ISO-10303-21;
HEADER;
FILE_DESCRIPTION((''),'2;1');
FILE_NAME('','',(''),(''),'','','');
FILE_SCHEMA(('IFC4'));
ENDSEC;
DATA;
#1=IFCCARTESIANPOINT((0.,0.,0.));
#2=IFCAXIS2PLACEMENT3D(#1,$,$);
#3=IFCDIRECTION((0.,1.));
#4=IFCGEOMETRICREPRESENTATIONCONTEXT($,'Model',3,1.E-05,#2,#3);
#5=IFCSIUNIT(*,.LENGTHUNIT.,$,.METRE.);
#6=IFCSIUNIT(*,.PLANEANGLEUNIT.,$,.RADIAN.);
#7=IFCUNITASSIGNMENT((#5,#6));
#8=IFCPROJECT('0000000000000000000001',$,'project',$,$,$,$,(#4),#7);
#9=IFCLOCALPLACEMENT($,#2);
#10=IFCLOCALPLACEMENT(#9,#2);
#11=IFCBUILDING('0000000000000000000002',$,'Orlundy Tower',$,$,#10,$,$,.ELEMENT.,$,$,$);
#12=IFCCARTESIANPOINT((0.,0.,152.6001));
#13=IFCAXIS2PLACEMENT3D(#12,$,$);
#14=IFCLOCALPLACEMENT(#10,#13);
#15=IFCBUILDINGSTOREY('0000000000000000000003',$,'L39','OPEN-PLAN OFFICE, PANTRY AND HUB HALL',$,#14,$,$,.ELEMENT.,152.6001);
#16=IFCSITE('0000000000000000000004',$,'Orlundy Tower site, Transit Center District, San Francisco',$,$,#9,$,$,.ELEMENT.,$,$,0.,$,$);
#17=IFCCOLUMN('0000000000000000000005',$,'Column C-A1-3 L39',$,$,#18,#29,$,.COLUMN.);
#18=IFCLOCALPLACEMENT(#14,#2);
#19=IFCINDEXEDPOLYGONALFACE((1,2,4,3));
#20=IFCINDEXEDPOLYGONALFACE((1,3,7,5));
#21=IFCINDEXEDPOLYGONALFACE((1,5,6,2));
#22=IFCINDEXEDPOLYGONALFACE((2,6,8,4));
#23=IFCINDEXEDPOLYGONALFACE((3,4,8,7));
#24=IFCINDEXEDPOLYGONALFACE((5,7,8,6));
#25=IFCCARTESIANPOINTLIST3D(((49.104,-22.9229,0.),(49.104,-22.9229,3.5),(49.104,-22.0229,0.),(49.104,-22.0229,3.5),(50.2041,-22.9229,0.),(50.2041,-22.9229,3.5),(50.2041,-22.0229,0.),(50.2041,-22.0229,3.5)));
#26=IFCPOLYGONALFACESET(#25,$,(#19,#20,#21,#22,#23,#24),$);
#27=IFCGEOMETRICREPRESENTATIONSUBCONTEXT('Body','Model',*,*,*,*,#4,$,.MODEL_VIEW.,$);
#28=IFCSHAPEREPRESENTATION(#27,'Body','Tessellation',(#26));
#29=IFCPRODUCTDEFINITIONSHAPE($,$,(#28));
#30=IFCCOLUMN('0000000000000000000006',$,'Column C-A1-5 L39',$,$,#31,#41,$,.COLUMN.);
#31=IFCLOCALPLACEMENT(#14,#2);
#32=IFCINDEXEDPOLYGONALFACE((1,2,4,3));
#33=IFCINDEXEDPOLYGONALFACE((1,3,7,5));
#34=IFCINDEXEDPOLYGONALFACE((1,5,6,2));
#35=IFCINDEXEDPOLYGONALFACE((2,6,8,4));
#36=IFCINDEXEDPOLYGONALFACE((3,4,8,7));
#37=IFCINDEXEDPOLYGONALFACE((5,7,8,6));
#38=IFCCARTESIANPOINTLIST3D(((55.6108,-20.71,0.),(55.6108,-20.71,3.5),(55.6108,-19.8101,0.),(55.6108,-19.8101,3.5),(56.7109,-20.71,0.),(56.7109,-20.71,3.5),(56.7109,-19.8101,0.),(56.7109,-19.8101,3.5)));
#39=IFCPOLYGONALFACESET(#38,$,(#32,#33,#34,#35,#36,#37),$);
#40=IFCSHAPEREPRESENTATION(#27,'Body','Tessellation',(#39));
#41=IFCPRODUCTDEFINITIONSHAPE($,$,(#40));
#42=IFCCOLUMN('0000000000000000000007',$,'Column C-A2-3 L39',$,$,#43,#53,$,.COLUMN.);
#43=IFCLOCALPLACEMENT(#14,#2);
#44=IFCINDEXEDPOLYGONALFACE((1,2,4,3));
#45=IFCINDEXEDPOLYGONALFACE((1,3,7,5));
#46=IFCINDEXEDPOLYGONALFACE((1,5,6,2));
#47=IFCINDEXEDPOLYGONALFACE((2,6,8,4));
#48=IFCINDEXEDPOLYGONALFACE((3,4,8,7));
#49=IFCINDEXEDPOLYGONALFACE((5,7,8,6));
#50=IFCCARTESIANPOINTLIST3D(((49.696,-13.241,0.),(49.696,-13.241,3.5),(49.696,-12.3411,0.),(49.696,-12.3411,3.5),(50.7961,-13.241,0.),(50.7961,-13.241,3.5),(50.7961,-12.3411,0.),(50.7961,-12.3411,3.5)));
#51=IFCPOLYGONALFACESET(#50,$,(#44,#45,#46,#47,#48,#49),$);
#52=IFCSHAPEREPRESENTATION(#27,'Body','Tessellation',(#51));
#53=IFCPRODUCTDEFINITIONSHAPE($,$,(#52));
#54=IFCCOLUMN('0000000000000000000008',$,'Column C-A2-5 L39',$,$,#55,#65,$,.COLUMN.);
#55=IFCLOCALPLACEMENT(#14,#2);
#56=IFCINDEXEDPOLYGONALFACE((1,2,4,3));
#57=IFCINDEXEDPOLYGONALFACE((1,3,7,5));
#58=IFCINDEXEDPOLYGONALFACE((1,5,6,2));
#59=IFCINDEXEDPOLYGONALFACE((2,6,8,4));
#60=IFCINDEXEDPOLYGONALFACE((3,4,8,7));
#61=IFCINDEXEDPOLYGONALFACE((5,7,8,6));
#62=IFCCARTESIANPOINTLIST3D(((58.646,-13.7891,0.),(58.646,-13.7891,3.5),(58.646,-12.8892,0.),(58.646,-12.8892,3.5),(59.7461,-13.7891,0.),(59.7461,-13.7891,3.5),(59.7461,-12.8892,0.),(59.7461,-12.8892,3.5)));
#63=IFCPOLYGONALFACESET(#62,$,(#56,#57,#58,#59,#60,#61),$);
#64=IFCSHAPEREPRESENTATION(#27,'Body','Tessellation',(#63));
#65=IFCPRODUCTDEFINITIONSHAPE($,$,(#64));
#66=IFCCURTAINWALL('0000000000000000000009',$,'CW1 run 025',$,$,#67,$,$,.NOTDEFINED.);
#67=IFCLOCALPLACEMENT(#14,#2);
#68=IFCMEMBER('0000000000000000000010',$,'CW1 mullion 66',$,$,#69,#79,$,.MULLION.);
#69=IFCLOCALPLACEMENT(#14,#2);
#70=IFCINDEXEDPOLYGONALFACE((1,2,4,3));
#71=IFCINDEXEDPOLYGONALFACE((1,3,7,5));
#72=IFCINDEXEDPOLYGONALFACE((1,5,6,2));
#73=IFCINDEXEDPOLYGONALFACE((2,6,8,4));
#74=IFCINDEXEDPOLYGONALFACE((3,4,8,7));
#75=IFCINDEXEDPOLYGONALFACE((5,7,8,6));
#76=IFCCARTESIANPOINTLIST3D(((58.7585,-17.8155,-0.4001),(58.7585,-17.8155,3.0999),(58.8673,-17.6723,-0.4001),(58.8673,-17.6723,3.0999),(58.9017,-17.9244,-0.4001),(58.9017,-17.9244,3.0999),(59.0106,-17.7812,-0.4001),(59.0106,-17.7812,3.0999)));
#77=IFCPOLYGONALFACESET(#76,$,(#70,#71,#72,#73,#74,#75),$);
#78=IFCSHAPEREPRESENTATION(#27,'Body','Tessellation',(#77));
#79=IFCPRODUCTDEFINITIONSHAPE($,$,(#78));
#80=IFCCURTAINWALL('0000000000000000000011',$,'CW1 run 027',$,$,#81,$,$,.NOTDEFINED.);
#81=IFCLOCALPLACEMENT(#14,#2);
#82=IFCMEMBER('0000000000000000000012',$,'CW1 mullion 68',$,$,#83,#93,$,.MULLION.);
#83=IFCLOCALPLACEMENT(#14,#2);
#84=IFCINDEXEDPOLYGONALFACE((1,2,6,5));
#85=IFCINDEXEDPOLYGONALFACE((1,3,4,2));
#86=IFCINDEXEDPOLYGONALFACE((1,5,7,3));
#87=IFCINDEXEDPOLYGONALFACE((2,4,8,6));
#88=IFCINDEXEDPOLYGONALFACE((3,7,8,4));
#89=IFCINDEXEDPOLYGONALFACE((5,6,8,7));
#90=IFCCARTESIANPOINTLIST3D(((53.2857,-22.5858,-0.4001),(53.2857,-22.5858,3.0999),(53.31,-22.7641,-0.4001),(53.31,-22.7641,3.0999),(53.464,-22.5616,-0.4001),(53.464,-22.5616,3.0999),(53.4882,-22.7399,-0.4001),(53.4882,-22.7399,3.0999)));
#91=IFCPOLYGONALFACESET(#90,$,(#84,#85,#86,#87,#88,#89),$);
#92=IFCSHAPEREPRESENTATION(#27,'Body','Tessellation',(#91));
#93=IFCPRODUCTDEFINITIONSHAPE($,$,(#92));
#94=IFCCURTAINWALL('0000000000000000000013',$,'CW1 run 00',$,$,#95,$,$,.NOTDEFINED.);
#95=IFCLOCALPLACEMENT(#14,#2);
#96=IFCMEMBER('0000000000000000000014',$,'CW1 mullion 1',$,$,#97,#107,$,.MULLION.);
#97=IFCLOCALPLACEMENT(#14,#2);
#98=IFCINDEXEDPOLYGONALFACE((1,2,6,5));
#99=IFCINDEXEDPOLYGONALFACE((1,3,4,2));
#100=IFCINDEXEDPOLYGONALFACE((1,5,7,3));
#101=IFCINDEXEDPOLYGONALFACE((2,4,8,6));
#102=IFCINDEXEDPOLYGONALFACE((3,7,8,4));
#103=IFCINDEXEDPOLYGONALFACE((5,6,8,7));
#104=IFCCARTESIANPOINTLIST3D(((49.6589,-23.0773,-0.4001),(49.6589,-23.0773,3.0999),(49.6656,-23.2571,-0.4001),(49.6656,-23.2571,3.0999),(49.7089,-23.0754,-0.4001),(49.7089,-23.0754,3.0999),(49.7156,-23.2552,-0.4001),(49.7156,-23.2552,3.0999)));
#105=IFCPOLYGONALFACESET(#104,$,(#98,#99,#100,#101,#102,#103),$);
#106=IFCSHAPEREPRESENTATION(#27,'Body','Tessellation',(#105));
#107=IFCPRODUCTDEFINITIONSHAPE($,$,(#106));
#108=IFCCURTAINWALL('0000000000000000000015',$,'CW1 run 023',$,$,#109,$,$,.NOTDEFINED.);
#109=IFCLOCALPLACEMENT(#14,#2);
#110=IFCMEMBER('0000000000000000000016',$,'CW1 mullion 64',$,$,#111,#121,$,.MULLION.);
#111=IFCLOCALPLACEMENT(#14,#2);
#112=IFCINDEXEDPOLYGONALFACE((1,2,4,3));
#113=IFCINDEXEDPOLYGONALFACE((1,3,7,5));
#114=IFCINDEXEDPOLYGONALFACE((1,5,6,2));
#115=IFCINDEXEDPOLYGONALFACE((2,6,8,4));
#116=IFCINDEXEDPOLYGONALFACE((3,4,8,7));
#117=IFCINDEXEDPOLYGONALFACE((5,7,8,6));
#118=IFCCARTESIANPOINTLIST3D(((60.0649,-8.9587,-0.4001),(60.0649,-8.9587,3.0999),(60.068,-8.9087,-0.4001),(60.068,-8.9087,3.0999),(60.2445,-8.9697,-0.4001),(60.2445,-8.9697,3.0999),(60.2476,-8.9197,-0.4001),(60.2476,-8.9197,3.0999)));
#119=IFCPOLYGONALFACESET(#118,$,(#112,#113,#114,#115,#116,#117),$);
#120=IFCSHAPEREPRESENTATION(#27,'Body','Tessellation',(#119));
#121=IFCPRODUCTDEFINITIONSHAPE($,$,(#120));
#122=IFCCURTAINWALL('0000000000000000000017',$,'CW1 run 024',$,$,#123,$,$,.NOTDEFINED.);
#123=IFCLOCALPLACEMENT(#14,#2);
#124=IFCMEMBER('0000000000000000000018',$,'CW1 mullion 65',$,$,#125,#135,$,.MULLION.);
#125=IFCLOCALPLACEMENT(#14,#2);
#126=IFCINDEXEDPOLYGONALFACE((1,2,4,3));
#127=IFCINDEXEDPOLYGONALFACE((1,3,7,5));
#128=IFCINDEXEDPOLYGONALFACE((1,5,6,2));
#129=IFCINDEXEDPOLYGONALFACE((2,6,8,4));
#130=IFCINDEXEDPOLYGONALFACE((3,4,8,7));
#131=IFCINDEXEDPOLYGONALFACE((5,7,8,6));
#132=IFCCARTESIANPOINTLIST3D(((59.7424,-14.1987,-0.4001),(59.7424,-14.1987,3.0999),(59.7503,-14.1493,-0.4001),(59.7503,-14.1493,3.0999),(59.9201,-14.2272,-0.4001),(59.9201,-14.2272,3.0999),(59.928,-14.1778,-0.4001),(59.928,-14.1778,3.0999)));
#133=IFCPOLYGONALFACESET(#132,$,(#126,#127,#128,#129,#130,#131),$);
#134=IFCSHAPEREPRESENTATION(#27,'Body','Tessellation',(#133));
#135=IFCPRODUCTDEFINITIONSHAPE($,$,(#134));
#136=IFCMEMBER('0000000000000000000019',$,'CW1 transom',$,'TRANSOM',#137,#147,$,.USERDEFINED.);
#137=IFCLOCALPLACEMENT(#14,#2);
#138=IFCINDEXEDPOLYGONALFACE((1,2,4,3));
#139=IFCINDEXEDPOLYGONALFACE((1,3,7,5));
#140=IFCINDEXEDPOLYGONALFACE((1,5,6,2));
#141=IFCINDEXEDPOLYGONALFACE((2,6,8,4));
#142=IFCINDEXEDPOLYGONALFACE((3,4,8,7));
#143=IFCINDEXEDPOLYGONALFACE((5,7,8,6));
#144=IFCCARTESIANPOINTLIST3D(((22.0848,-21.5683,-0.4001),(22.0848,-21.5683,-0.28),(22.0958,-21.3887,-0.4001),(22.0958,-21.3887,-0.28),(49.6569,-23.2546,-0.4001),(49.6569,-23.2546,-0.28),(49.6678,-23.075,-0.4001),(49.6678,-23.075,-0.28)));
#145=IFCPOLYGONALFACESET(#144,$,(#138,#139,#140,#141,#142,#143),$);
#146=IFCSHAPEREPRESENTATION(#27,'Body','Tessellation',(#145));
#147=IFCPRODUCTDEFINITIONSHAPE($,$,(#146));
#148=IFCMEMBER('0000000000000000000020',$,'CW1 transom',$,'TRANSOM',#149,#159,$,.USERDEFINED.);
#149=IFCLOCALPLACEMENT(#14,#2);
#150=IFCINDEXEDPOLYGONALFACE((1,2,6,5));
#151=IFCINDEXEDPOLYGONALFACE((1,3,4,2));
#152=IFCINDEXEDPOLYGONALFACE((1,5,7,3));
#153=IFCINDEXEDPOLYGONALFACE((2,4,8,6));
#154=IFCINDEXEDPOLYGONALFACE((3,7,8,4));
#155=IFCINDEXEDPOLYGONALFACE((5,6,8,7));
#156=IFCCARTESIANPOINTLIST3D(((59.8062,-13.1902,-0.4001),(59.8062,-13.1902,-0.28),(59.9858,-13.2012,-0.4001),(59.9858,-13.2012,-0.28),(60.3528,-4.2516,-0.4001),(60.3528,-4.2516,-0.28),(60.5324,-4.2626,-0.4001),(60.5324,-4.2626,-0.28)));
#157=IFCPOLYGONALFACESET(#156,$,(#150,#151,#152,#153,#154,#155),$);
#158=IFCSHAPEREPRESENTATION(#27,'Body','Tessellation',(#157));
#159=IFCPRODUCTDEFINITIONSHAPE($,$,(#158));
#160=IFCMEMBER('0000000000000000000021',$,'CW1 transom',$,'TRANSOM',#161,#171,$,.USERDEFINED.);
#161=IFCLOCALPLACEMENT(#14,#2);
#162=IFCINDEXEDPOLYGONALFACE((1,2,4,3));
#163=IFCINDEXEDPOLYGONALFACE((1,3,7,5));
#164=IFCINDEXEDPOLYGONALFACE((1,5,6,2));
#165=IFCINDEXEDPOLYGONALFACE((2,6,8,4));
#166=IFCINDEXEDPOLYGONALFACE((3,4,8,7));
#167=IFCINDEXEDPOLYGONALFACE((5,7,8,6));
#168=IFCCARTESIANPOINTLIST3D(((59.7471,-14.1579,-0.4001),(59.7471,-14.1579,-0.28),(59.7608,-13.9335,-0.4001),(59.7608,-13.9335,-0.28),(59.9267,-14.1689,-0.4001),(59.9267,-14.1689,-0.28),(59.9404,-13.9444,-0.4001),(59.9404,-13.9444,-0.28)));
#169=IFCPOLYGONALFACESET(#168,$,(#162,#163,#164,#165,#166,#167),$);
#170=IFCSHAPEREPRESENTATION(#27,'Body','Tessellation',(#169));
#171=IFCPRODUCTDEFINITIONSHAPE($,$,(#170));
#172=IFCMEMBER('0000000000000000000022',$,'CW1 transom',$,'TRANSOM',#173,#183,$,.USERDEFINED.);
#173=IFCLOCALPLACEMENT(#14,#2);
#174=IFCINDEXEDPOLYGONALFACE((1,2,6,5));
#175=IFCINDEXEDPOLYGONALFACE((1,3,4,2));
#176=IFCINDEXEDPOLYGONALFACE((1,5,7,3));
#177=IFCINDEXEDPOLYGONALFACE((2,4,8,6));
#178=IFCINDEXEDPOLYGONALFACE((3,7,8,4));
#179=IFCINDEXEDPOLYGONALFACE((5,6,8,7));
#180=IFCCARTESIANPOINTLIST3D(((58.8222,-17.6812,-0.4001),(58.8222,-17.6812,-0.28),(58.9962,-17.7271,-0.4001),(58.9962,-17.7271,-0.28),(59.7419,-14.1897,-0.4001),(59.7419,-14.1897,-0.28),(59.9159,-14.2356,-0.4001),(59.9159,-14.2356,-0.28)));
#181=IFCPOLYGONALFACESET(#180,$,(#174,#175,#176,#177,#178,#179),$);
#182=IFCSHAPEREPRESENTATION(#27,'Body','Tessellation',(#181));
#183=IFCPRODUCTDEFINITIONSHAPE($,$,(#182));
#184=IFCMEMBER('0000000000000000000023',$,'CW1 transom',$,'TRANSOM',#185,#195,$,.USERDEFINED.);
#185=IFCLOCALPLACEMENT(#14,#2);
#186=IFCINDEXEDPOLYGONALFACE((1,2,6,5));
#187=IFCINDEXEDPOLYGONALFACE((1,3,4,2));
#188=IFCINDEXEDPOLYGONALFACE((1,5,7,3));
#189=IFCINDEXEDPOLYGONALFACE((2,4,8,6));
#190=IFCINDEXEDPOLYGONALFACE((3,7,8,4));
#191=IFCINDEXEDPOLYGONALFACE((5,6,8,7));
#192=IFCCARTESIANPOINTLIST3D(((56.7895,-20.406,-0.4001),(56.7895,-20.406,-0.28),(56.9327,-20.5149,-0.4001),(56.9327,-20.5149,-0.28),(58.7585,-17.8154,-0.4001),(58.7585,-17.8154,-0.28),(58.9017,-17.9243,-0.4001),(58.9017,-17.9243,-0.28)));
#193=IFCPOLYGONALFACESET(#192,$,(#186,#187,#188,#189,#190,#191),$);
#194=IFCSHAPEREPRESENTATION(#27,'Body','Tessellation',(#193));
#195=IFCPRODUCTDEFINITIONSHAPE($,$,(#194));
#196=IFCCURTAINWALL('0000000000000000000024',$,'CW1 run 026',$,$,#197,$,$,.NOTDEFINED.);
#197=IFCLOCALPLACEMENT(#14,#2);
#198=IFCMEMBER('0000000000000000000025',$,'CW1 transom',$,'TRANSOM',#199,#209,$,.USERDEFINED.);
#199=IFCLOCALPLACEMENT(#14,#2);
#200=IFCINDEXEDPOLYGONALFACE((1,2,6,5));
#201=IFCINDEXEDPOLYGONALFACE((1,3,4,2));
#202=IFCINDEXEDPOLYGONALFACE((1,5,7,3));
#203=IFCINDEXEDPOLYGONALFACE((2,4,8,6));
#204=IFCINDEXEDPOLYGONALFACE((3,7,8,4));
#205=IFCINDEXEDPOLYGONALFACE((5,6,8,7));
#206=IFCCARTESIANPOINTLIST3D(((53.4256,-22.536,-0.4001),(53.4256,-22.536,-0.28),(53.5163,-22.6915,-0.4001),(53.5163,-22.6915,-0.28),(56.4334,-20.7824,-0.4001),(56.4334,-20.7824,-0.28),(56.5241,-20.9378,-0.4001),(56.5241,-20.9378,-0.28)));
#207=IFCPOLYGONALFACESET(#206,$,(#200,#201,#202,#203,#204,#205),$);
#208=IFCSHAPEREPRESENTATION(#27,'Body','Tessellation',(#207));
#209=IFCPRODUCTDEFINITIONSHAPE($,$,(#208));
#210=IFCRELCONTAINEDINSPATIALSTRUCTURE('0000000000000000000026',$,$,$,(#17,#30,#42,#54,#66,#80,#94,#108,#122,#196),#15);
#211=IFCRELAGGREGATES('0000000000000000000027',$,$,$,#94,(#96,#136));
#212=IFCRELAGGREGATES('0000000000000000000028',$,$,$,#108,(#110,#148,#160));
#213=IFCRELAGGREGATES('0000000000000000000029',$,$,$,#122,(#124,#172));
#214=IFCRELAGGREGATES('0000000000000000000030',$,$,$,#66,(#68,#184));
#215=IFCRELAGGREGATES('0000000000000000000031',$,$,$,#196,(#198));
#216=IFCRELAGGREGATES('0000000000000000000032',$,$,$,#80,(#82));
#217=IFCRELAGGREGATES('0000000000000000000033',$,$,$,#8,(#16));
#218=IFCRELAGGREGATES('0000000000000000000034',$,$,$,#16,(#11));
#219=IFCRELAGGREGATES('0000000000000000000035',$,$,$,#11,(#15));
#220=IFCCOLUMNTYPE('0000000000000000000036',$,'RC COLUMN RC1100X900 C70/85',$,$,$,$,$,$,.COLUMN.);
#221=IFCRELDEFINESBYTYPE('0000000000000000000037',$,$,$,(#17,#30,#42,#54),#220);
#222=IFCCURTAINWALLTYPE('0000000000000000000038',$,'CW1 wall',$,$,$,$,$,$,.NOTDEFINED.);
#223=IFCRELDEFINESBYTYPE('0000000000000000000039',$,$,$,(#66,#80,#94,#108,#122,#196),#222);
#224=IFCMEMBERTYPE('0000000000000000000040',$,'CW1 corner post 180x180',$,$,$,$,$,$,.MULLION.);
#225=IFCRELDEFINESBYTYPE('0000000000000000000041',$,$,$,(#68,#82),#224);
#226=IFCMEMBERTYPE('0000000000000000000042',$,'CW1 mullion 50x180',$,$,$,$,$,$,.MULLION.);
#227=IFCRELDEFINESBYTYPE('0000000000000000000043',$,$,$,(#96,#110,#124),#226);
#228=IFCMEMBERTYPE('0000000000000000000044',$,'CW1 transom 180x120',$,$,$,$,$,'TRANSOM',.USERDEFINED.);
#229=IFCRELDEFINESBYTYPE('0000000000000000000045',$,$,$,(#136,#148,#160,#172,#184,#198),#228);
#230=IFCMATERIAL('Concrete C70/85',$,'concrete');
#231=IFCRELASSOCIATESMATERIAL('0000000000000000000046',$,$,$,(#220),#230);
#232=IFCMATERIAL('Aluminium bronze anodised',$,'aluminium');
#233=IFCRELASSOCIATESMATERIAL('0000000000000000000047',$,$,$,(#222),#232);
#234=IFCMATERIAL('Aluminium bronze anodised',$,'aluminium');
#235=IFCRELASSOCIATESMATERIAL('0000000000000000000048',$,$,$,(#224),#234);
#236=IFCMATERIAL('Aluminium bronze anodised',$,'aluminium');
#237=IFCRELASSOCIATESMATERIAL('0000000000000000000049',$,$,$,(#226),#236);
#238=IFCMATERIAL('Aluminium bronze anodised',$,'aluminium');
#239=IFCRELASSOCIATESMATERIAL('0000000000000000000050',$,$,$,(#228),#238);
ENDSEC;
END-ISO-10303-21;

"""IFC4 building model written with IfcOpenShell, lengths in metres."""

from ifc_helpers import new_model, si_unit, direction, frame, origin, origin_2d, place, context, subcontext, project, spatial, rectangle, extrude, material, material_profile, profile_set, type_object, element, aggregate, save


model = new_model("IFC4")

# Units and contexts
model_context = context("Model", 3, precision=1e-05, world=origin(), true_north=direction((0.0, 1.0)))
body_context = subcontext(model_context, "Body", "Model", "MODEL_VIEW")
ifc_project = project(units=[si_unit("LENGTHUNIT", "METRE"), si_unit("PLANEANGLEUNIT", "RADIAN")], contexts=[model_context])

# Site, building, storey
site_placement = place(None, origin())
site = spatial("IfcSite", under=ifc_project, at=site_placement, Name="Orlundy Tower site, Transit Center District, San Francisco", CompositionType="ELEMENT", RefElevation=0.0)
building_placement = place(site_placement, origin())
building = spatial("IfcBuilding", under=site, at=building_placement, Name="Orlundy Tower", CompositionType="ELEMENT")
storey_placement = place(building_placement, frame((0.0, 0.0, 152.6001)))
storey = spatial("IfcBuildingStorey", under=building, at=storey_placement, Name="L39", Description="OPEN-PLAN OFFICE, PANTRY AND HUB HALL", CompositionType="ELEMENT", Elevation=152.6001)

# Columns
ifc_material_1 = material(Name="Concrete C70/85", Category="concrete")
ifc_material_profile_1 = material_profile(ifc_material_1, rectangle(XDim=1.1001, YDim=0.8999, at=origin_2d()), Name="RC1100X900")
ifc_profile_set_1 = profile_set([ifc_material_profile_1], Name="Concrete C70/85")
column_type = type_object("IfcColumnType", Name="RC COLUMN RC1100X900 C70/85", PredefinedType="COLUMN", material=ifc_profile_set_1)
for number, where, z_axis, x_axis, name in (
    (1, (49.6541, -22.4729, 0.0), (0.0, 0.0, 1.0), (1.0, 0.0, 0.0), "Column C-A1-3 L39"),
    (2, (56.1609, -20.26, 0.0), (0.0, 0.0, 1.0), (1.0, 0.0, 0.0), "Column C-A1-5 L39"),
    (3, (50.2461, -12.791, 0.0), (0.0, 0.0, 1.0), (1.0, 0.0, 0.0), "Column C-A2-3 L39"),
    (4, (59.196, -13.3391, 0.0), (0.0, 0.0, 1.0), (1.0, 0.0, 0.0), "Column C-A2-5 L39"),
):
    element("IfcColumn", number, at=place(storey_placement, frame(where, z_axis=z_axis, x_axis=x_axis)), inside=storey, type_object=column_type, Name=name, PredefinedType="COLUMN", context=body_context, shape_type="SweptSolid", body=[
        extrude(rectangle(XDim=1.1001, YDim=0.8999, at=origin_2d()), origin(), (0.0, 0.0, 1.0), 3.5),
    ])

# Curtain walls, members
ifc_material_2 = material(Name="Aluminium bronze anodised", Category="aluminium")
curtain_wall_type = type_object("IfcCurtainWallType", Name="CW1 wall", PredefinedType="NOTDEFINED", material=ifc_material_2)
curtain_wall_1_placement = place(storey_placement, origin())
curtain_wall_1 = element("IfcCurtainWall", 5, at=curtain_wall_1_placement, inside=storey, type_object=curtain_wall_type, Name="CW1 run 025", PredefinedType="NOTDEFINED")
ifc_material_3 = material(Name="Aluminium bronze anodised", Category="aluminium")
ifc_material_profile_2 = material_profile(ifc_material_3, rectangle(XDim=0.1799, YDim=0.1799, at=origin_2d()), Name="CW1 corner post 180x180")
ifc_profile_set_2 = profile_set([ifc_material_profile_2], Name="Aluminium bronze anodised")
member_type_1 = type_object("IfcMemberType", Name="CW1 corner post 180x180", PredefinedType="MULLION", material=ifc_profile_set_2)
member_1_placement = place(storey_placement, frame((58.8845, -17.7983, -0.4001), z_axis=(0.0, 0.0, 1.0), x_axis=(0.796131, -0.605124, 0.0)))
member_1 = element("IfcMember", 6, at=member_1_placement, type_object=member_type_1, Name="CW1 mullion 66", PredefinedType="MULLION", context=body_context, shape_type="SweptSolid", body=[
    extrude(rectangle(XDim=0.1799, YDim=0.1799, at=origin_2d()), origin(), (0.0, 0.0, 1.0), 3.5),
])
curtain_wall_2_placement = place(storey_placement, origin())
curtain_wall_2 = element("IfcCurtainWall", 7, at=curtain_wall_2_placement, inside=storey, type_object=curtain_wall_type, Name="CW1 run 027", PredefinedType="NOTDEFINED")
member_2_placement = place(storey_placement, frame((53.387, -22.6628, -0.4001), z_axis=(0.0, 0.0, 1.0), x_axis=(0.134884, -0.990861, 0.0)))
member_2 = element("IfcMember", 8, at=member_2_placement, type_object=member_type_1, Name="CW1 mullion 68", PredefinedType="MULLION", context=body_context, shape_type="SweptSolid", body=[
    extrude(rectangle(XDim=0.1799, YDim=0.1799, at=origin_2d()), origin(), (0.0, 0.0, 1.0), 3.5),
])
curtain_wall_3_placement = place(storey_placement, origin())
curtain_wall_3 = element("IfcCurtainWall", 9, at=curtain_wall_3_placement, inside=storey, type_object=curtain_wall_type, Name="CW1 run 00", PredefinedType="NOTDEFINED")
ifc_material_4 = material(Name="Aluminium bronze anodised", Category="aluminium")
ifc_material_profile_3 = material_profile(ifc_material_4, rectangle(XDim=0.1799, YDim=0.05, at=origin_2d()), Name="CW1 mullion 50x180")
ifc_profile_set_3 = profile_set([ifc_material_profile_3], Name="Aluminium bronze anodised")
member_type_2 = type_object("IfcMemberType", Name="CW1 mullion 50x180", PredefinedType="MULLION", material=ifc_profile_set_3)
member_3_placement = place(storey_placement, frame((49.6873, -23.1663, -0.4001), z_axis=(0.0, 0.0, 1.0), x_axis=(0.0371, -0.999312, 0.0)))
member_3 = element("IfcMember", 10, at=member_3_placement, type_object=member_type_2, Name="CW1 mullion 1", PredefinedType="MULLION", context=body_context, shape_type="SweptSolid", body=[
    extrude(rectangle(XDim=0.1799, YDim=0.05, at=origin_2d()), origin(), (0.0, 0.0, 1.0), 3.5),
])
curtain_wall_4_placement = place(storey_placement, origin())
curtain_wall_4 = element("IfcCurtainWall", 11, at=curtain_wall_4_placement, inside=storey, type_object=curtain_wall_type, Name="CW1 run 023", PredefinedType="NOTDEFINED")
member_4_placement = place(storey_placement, frame((60.1562, -8.9392, -0.4001), z_axis=(0.0, 0.0, 1.0), x_axis=(0.998135, -0.061047, 0.0)))
member_4 = element("IfcMember", 12, at=member_4_placement, type_object=member_type_2, Name="CW1 mullion 64", PredefinedType="MULLION", context=body_context, shape_type="SweptSolid", body=[
    extrude(rectangle(XDim=0.1799, YDim=0.05, at=origin_2d()), origin(), (0.0, 0.0, 1.0), 3.5),
])
curtain_wall_5_placement = place(storey_placement, origin())
curtain_wall_5 = element("IfcCurtainWall", 13, at=curtain_wall_5_placement, inside=storey, type_object=curtain_wall_type, Name="CW1 run 024", PredefinedType="NOTDEFINED")
member_5_placement = place(storey_placement, frame((59.8352, -14.1882, -0.4001), z_axis=(0.0, 0.0, 1.0), x_axis=(0.987336, -0.158641, 0.0)))
member_5 = element("IfcMember", 14, at=member_5_placement, type_object=member_type_2, Name="CW1 mullion 65", PredefinedType="MULLION", context=body_context, shape_type="SweptSolid", body=[
    extrude(rectangle(XDim=0.1799, YDim=0.05, at=origin_2d()), origin(), (0.0, 0.0, 1.0), 3.5),
])

# Members
ifc_material_5 = material(Name="Aluminium bronze anodised", Category="aluminium")
ifc_material_profile_4 = material_profile(ifc_material_5, rectangle(XDim=0.1799, YDim=0.1201, at=origin_2d()), Name="CW1 transom 180x120")
ifc_profile_set_4 = profile_set([ifc_material_profile_4], Name="Aluminium bronze anodised")
member_type_3 = type_object("IfcMemberType", Name="CW1 transom 180x120", ElementType="TRANSOM", PredefinedType="USERDEFINED", material=ifc_profile_set_4)
member_6_placement = place(storey_placement, frame((49.6624, -23.1648, -0.3401), z_axis=(-0.998135, 0.061045, 0.0), x_axis=(-0.061045, -0.998135, 0.0)))
member_6 = element("IfcMember", 15, at=member_6_placement, type_object=member_type_3, Name="CW1 transom", ObjectType="TRANSOM", PredefinedType="USERDEFINED", context=body_context, shape_type="SweptSolid", body=[
    extrude(rectangle(XDim=0.1799, YDim=0.1201, at=origin_2d()), origin(), (0.0, 0.0, 1.0), 27.6235),
])
member_7_placement = place(storey_placement, frame((60.4426, -4.2571, -0.3401), z_axis=(-0.061039, -0.998135, 0.0), x_axis=(0.998135, -0.061039, 0.0)))
member_7 = element("IfcMember", 16, at=member_7_placement, type_object=member_type_3, Name="CW1 transom", ObjectType="TRANSOM", PredefinedType="USERDEFINED", context=body_context, shape_type="SweptSolid", body=[
    extrude(rectangle(XDim=0.1799, YDim=0.1201, at=origin_2d()), origin(), (0.0, 0.0, 1.0), 8.9553),
])
member_8_placement = place(storey_placement, frame((59.8506, -13.939, -0.3401), z_axis=(-0.060823, -0.998149, 0.0), x_axis=(0.998149, -0.060823, 0.0)))
member_8 = element("IfcMember", 17, at=member_8_placement, type_object=member_type_3, Name="CW1 transom", ObjectType="TRANSOM", PredefinedType="USERDEFINED", context=body_context, shape_type="SweptSolid", body=[
    extrude(rectangle(XDim=0.1799, YDim=0.1201, at=origin_2d()), origin(), (0.0, 0.0, 1.0), 0.2249),
])
member_9_placement = place(storey_placement, frame((59.8289, -14.2126, -0.3401), z_axis=(-0.25472, -0.967015, 0.0), x_axis=(0.967015, -0.25472, 0.0)))
member_9 = element("IfcMember", 18, at=member_9_placement, type_object=member_type_3, Name="CW1 transom", ObjectType="TRANSOM", PredefinedType="USERDEFINED", context=body_context, shape_type="SweptSolid", body=[
    extrude(rectangle(XDim=0.1799, YDim=0.1201, at=origin_2d()), origin(), (0.0, 0.0, 1.0), 3.6106),
])
member_10_placement = place(storey_placement, frame((58.8301, -17.8699, -0.3401), z_axis=(-0.605114, -0.796139, 0.0), x_axis=(0.796139, -0.605114, 0.0)))
member_10 = element("IfcMember", 19, at=member_10_placement, type_object=member_type_3, Name="CW1 transom", ObjectType="TRANSOM", PredefinedType="USERDEFINED", context=body_context, shape_type="SweptSolid", body=[
    extrude(rectangle(XDim=0.1799, YDim=0.1201, at=origin_2d()), origin(), (0.0, 0.0, 1.0), 3.2539),
])

# Curtain wall, member
curtain_wall_6_placement = place(storey_placement, origin())
curtain_wall_6 = element("IfcCurtainWall", 20, at=curtain_wall_6_placement, inside=storey, type_object=curtain_wall_type, Name="CW1 run 026", PredefinedType="NOTDEFINED")
member_11_placement = place(storey_placement, frame((56.4788, -20.8601, -0.3401), z_axis=(-0.863891, -0.503679, 0.0), x_axis=(0.503679, -0.863891, 0.0)))
member_11 = element("IfcMember", 21, at=member_11_placement, type_object=member_type_3, Name="CW1 transom", ObjectType="TRANSOM", PredefinedType="USERDEFINED", context=body_context, shape_type="SweptSolid", body=[
    extrude(rectangle(XDim=0.1799, YDim=0.1201, at=origin_2d()), origin(), (0.0, 0.0, 1.0), 3.4817),
])

aggregate(curtain_wall_3, [member_3, member_6])
aggregate(curtain_wall_4, [member_4, member_7, member_8])
aggregate(curtain_wall_5, [member_5, member_9])
aggregate(curtain_wall_1, [member_1, member_10])
aggregate(curtain_wall_6, [member_11])
aggregate(curtain_wall_2, [member_2])

save(model, "model.ifc")
